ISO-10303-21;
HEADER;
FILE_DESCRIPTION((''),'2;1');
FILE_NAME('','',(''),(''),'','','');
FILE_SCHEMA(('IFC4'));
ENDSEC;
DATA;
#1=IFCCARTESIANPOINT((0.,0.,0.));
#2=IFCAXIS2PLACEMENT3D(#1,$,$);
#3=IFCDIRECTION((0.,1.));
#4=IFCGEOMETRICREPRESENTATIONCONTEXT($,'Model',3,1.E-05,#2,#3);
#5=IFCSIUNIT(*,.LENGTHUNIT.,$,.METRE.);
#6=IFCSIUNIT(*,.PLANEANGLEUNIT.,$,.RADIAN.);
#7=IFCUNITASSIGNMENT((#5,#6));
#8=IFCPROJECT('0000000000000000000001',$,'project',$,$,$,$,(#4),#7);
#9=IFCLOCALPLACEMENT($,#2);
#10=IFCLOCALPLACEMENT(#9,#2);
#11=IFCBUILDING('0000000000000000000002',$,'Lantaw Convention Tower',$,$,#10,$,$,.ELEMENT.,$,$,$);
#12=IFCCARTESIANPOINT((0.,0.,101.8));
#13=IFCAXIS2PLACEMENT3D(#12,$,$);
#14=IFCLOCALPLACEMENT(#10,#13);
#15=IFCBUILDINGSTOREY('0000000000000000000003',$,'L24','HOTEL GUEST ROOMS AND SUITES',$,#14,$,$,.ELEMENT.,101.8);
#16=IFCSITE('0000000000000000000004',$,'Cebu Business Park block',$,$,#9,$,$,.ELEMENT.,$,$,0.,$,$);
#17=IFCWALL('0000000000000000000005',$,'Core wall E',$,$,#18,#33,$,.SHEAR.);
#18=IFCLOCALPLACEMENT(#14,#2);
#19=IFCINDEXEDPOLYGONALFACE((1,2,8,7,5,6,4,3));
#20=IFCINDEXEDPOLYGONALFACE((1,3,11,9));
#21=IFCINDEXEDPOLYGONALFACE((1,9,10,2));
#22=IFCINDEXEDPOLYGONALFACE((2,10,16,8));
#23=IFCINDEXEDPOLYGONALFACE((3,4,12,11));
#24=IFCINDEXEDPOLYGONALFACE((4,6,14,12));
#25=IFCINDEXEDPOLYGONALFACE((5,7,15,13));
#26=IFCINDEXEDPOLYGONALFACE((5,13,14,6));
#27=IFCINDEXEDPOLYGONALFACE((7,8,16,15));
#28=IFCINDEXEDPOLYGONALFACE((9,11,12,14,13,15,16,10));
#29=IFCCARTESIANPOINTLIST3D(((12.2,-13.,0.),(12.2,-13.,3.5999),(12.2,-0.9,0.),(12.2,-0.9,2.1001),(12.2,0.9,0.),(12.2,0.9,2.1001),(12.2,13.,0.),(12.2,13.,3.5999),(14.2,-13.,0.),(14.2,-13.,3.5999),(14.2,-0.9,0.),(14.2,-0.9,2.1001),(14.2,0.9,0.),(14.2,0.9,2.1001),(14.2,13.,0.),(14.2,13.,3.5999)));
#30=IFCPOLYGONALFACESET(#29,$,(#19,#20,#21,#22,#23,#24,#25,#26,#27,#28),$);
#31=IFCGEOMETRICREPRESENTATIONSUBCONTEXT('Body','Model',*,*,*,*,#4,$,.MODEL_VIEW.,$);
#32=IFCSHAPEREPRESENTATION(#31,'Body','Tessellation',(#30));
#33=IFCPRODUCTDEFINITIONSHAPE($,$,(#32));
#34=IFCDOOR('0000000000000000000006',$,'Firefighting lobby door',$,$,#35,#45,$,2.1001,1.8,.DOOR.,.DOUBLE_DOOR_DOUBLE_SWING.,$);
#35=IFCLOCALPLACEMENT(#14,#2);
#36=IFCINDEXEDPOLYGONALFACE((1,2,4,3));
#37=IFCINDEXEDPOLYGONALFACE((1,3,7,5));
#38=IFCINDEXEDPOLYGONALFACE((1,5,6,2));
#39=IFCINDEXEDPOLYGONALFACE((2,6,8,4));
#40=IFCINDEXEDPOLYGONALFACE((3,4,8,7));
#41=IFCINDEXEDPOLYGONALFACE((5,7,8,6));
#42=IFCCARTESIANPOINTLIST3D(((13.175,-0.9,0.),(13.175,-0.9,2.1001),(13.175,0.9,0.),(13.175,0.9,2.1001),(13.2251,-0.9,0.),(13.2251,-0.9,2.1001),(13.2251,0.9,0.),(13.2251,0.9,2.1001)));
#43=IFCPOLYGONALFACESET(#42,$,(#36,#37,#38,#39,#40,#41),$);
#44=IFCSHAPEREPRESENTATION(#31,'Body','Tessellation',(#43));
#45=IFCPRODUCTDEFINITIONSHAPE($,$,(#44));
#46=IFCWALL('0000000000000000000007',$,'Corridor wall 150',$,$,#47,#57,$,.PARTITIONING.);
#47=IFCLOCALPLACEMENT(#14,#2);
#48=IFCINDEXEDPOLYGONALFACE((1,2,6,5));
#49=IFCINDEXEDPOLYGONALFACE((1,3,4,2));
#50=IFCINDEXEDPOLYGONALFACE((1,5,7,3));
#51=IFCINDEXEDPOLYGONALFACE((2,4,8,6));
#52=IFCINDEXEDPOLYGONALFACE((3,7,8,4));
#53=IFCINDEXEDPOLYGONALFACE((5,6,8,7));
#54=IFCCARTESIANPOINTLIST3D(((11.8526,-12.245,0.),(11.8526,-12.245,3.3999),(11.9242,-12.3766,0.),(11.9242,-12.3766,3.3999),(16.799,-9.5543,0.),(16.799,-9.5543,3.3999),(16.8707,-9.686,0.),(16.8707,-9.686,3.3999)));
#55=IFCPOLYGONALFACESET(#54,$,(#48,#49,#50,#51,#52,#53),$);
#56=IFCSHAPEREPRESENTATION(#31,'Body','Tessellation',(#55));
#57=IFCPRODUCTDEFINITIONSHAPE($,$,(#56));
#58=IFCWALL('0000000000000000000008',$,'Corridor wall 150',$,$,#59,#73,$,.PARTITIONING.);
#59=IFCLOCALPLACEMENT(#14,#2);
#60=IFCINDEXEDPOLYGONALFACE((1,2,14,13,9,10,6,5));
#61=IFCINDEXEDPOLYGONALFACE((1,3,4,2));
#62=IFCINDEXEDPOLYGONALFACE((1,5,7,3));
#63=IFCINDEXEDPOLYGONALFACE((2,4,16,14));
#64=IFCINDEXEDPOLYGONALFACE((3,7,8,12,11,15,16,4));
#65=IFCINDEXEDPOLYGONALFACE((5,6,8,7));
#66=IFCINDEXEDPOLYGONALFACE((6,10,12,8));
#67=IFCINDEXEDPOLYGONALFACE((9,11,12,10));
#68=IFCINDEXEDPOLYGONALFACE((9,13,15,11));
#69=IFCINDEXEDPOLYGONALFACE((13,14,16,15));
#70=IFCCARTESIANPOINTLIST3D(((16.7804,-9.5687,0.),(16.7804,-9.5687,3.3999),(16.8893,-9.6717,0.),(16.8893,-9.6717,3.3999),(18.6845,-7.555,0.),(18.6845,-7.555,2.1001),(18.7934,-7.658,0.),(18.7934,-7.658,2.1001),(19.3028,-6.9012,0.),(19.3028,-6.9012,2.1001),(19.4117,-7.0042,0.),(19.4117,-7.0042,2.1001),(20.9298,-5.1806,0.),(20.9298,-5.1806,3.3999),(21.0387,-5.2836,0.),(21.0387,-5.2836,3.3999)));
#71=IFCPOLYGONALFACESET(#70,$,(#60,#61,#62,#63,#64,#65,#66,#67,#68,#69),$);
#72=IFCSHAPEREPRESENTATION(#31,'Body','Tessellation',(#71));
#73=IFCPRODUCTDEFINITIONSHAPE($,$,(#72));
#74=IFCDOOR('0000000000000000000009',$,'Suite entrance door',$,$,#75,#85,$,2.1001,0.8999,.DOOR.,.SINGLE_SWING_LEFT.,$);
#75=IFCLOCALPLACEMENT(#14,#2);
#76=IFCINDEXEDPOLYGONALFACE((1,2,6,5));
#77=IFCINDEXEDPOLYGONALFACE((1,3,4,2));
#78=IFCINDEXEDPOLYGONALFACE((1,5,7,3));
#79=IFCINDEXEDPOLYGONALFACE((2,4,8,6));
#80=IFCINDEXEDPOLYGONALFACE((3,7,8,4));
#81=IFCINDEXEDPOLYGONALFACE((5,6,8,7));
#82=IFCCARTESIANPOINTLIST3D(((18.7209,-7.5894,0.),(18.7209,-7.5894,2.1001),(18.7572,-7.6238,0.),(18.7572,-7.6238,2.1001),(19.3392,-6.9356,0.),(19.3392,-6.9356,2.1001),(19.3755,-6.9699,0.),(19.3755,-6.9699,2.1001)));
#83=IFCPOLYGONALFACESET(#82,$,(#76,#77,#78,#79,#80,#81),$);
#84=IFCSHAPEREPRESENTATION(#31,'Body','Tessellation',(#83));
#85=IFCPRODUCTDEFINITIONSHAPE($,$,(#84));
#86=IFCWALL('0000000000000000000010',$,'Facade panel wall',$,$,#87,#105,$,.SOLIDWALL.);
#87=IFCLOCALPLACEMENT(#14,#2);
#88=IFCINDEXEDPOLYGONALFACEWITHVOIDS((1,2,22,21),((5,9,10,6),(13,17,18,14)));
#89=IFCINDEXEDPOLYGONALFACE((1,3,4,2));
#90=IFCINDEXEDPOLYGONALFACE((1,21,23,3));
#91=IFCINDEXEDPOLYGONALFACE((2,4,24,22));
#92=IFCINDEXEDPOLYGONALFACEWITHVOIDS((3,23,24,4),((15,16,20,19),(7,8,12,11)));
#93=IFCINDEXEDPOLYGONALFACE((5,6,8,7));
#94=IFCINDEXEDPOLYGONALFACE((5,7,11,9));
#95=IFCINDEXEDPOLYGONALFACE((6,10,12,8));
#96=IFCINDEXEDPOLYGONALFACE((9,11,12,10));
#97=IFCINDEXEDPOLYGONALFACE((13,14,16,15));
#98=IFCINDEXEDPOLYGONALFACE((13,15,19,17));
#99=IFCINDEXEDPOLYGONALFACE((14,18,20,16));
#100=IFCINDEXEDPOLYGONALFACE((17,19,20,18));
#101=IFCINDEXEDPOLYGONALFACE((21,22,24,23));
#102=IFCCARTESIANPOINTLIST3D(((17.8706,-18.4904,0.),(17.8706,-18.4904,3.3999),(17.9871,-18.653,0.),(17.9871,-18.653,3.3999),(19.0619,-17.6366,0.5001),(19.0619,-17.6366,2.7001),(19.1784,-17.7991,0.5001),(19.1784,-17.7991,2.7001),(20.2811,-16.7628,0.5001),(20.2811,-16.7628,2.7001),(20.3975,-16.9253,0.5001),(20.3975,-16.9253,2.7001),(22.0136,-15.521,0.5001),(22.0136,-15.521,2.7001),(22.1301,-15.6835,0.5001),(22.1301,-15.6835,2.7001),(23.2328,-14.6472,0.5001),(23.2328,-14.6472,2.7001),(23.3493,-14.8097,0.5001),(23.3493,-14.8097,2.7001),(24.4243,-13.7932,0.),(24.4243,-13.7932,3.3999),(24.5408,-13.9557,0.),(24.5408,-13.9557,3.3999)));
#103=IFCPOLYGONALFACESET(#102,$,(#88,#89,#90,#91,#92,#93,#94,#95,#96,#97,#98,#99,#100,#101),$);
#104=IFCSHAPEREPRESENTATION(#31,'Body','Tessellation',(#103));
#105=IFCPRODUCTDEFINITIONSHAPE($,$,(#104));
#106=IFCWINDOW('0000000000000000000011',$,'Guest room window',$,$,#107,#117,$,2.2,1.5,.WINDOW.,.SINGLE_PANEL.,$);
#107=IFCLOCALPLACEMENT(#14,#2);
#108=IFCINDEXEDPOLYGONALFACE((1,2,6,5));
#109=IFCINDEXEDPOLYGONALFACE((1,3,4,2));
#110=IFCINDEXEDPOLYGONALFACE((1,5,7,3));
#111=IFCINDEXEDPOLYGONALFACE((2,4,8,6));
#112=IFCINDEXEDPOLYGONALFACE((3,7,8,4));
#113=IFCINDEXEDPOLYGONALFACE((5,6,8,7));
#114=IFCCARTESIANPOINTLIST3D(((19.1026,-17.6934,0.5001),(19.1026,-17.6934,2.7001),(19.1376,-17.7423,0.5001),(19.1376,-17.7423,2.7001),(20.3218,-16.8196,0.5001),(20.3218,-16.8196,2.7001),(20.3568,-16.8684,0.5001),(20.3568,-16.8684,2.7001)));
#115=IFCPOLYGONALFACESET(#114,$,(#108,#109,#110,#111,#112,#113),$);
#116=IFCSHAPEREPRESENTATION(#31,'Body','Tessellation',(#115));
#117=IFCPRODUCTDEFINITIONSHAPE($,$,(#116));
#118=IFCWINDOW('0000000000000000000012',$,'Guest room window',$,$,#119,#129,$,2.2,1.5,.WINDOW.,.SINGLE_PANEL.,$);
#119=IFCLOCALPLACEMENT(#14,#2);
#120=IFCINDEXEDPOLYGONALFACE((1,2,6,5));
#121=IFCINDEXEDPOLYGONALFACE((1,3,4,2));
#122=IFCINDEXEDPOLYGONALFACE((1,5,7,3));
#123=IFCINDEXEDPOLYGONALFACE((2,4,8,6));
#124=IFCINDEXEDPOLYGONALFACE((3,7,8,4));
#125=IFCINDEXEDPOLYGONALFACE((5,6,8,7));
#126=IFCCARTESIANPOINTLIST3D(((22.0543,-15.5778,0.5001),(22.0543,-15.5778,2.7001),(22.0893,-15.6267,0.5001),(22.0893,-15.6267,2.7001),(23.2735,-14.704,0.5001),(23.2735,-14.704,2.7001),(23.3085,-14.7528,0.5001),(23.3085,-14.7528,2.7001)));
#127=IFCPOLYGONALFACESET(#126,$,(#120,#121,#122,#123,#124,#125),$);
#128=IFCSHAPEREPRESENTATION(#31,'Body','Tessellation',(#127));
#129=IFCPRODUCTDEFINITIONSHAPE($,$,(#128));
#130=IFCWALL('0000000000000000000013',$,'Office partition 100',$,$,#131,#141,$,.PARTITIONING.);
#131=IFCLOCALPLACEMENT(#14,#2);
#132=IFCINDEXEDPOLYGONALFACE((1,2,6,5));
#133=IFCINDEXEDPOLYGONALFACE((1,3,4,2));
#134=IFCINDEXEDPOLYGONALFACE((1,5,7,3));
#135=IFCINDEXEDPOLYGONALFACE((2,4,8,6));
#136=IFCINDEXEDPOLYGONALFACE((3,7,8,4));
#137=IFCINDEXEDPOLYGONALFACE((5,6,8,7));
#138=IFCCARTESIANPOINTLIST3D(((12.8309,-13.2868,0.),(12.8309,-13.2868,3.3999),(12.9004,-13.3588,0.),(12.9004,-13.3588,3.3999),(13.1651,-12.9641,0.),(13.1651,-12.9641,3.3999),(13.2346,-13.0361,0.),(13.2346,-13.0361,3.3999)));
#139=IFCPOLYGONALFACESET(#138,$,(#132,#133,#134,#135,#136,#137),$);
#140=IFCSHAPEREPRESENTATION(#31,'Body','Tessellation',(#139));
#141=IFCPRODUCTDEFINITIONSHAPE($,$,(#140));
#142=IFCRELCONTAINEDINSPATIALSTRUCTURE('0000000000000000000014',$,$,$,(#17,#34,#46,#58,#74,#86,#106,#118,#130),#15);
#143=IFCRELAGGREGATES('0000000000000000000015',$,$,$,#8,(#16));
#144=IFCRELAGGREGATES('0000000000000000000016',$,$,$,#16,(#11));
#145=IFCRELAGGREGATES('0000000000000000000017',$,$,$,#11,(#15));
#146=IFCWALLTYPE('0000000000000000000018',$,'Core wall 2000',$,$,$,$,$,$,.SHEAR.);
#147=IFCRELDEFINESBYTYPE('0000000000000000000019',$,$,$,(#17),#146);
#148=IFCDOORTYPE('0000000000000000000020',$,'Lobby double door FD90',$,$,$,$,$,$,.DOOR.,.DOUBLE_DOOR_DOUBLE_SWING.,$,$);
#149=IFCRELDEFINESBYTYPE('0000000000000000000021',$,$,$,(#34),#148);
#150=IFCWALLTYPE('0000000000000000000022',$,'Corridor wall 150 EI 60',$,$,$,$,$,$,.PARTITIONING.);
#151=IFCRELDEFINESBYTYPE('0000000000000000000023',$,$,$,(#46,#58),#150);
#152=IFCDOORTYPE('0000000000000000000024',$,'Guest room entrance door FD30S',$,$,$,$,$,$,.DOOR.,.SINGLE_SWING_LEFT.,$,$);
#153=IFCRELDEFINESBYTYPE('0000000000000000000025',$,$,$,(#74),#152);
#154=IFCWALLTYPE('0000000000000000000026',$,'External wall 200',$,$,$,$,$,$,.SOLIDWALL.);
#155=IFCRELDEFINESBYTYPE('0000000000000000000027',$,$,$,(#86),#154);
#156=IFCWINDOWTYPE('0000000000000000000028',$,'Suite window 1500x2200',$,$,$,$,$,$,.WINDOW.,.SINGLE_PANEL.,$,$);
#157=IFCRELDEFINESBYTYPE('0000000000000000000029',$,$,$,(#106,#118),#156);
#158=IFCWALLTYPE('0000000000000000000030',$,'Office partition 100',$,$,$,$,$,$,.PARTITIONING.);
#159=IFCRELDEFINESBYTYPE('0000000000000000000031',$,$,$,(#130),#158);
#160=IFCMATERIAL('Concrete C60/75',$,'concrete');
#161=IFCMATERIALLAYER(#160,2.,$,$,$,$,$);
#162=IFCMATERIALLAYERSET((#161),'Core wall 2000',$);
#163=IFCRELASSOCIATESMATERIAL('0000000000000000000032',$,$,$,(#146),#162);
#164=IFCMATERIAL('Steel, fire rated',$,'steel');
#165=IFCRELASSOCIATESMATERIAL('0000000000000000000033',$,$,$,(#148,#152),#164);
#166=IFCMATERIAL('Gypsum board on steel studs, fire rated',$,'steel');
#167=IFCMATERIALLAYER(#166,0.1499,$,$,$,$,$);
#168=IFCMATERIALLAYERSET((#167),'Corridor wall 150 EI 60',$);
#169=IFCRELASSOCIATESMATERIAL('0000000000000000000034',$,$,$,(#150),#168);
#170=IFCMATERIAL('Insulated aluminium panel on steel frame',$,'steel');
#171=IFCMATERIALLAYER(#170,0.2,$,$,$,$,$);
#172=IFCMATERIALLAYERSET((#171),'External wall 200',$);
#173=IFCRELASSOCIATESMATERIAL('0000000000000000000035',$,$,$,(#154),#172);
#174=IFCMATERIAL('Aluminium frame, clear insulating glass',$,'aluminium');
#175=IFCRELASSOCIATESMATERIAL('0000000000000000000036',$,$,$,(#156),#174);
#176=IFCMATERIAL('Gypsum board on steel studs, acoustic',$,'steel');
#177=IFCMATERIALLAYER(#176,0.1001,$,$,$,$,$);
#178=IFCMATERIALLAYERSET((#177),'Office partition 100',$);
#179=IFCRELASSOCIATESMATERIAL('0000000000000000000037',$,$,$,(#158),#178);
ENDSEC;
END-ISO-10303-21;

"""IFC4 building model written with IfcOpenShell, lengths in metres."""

from ifc_helpers import new_model, si_unit, direction, frame, frame_2d, origin, place, context, subcontext, project, spatial, rectangle, extrude, material, layer, layer_set, type_object, element, fill, save


model = new_model("IFC4")

# Units and contexts
model_context = context("Model", 3, precision=1e-05, world=origin(), true_north=direction((0.0, 1.0)))
body_context = subcontext(model_context, "Body", "Model", "MODEL_VIEW")
ifc_project = project(units=[si_unit("LENGTHUNIT", "METRE"), si_unit("PLANEANGLEUNIT", "RADIAN")], contexts=[model_context])

# Site, building, storey
site_placement = place(None, origin())
site = spatial("IfcSite", under=ifc_project, at=site_placement, Name="Cebu Business Park block", CompositionType="ELEMENT", RefElevation=0.0)
building_placement = place(site_placement, origin())
building = spatial("IfcBuilding", under=site, at=building_placement, Name="Lantaw Convention Tower", CompositionType="ELEMENT")
storey_placement = place(building_placement, frame((0.0, 0.0, 101.8)))
storey = spatial("IfcBuildingStorey", under=building, at=storey_placement, Name="L24", Description="HOTEL GUEST ROOMS AND SUITES", CompositionType="ELEMENT", Elevation=101.8)

# Shared definitions
ifc_material_1 = material(Name="Concrete C60/75", Category="concrete")

# Wall, opening, door
ifc_layer_1 = layer(ifc_material_1, 2.0)
ifc_layer_set_1 = layer_set([ifc_layer_1], Name="Core wall 2000")
wall_type_1 = type_object("IfcWallType", Name="Core wall 2000", PredefinedType="SHEAR", material=ifc_layer_set_1)
wall_1_placement = place(storey_placement, frame((13.2, -13.0, 0.0), z_axis=(0.0, 0.0, 1.0), x_axis=(0.0, 1.0, 0.0)))
wall_1 = element("IfcWall", 1, at=wall_1_placement, inside=storey, type_object=wall_type_1, Name="Core wall E", PredefinedType="SHEAR", context=body_context, shape_type="SweptSolid", body=[
    extrude(rectangle(XDim=26.0, YDim=2.0, at=frame_2d((13.0, 0.0))), origin(), (0.0, 0.0, 1.0), 3.5999),
])
opening_1_placement = place(wall_1_placement, frame((12.1001, 0.0, 0.0)))
opening_1 = element("IfcOpeningElement", 2, at=opening_1_placement, cuts=wall_1, PredefinedType="OPENING", context=body_context, shape_type="SweptSolid", body=[
    extrude(rectangle(XDim=1.8, YDim=2.1001, at=frame_2d((0.8999, 1.05))), frame((0.0, 1.01, 0.0), z_axis=(0.0, -1.0, 0.0), x_axis=(1.0, 0.0, 0.0)), (0.0, 0.0, 1.0), 2.02),
])
ifc_material_2 = material(Name="Steel, fire rated", Category="steel")
door_type_1 = type_object("IfcDoorType", Name="Lobby double door FD90", OperationType="DOUBLE_DOOR_DOUBLE_SWING", PredefinedType="DOOR", material=ifc_material_2)
door_1_placement = place(opening_1_placement, origin())
door_1 = element("IfcDoor", 3, at=door_1_placement, inside=storey, type_object=door_type_1, Name="Firefighting lobby door", OperationType="DOUBLE_DOOR_DOUBLE_SWING", OverallHeight=2.1001, OverallWidth=1.8, PredefinedType="DOOR", context=body_context, shape_type="SweptSolid", body=[
    extrude(rectangle(XDim=1.8, YDim=2.1001, at=frame_2d((0.8999, 1.05))), frame((0.0, 0.0249, 0.0), z_axis=(0.0, -1.0, 0.0), x_axis=(1.0, 0.0, 0.0)), (0.0, 0.0, 1.0), 0.05),
])
fill(opening_1, door_1)

# Wall
ifc_material_3 = material(Name="Gypsum board on steel studs, fire rated", Category="steel")
ifc_layer_2 = layer(ifc_material_3, 0.1499)
ifc_layer_set_2 = layer_set([ifc_layer_2], Name="Corridor wall 150 EI 60")
wall_type_2 = type_object("IfcWallType", Name="Corridor wall 150 EI 60", PredefinedType="PARTITIONING", material=ifc_layer_set_2)
wall_2_placement = place(storey_placement, frame((11.8884, -12.3108, 0.0), z_axis=(0.0, 0.0, 1.0), x_axis=(0.87845, 0.477834, 0.0)))
element("IfcWall", 4, at=wall_2_placement, inside=storey, type_object=wall_type_2, Name="Corridor wall 150", PredefinedType="PARTITIONING", context=body_context, shape_type="SweptSolid", body=[
    extrude(rectangle(XDim=5.6309, YDim=0.1499, at=frame_2d((2.8154, 0.0))), origin(), (0.0, 0.0, 1.0), 3.3999),
])

# Wall, opening, door
wall_3_placement = place(storey_placement, frame((16.835, -9.6201, 0.0), z_axis=(0.0, 0.0, 1.0), x_axis=(0.687063, 0.726598, 0.0)))
wall_3 = element("IfcWall", 5, at=wall_3_placement, inside=storey, type_object=wall_type_2, Name="Corridor wall 150", PredefinedType="PARTITIONING", context=body_context, shape_type="SweptSolid", body=[
    extrude(rectangle(XDim=6.0393, YDim=0.1499, at=frame_2d((3.0195, 0.0))), origin(), (0.0, 0.0, 1.0), 3.3999),
])
opening_2_placement = place(wall_3_placement, frame((2.7712, 0.0, 0.0)))
opening_2 = element("IfcOpeningElement", 6, at=opening_2_placement, cuts=wall_3, PredefinedType="OPENING", context=body_context, shape_type="SweptSolid", body=[
    extrude(rectangle(XDim=0.8999, YDim=2.1001, at=frame_2d((0.45, 1.05))), frame((0.0, 0.085, 0.0), z_axis=(0.0, -1.0, 0.0), x_axis=(1.0, 0.0, 0.0)), (0.0, 0.0, 1.0), 0.1699),
])
door_type_2 = type_object("IfcDoorType", Name="Guest room entrance door FD30S", OperationType="SINGLE_SWING_LEFT", PredefinedType="DOOR", material=ifc_material_2)
door_2_placement = place(opening_2_placement, origin())
door_2 = element("IfcDoor", 7, at=door_2_placement, inside=storey, type_object=door_type_2, Name="Suite entrance door", OperationType="SINGLE_SWING_LEFT", OverallHeight=2.1001, OverallWidth=0.8999, PredefinedType="DOOR", context=body_context, shape_type="SweptSolid", body=[
    extrude(rectangle(XDim=0.8999, YDim=2.1001, at=frame_2d((0.45, 1.05))), frame((0.0, 0.0249, 0.0), z_axis=(0.0, -1.0, 0.0), x_axis=(1.0, 0.0, 0.0)), (0.0, 0.0, 1.0), 0.05),
])
fill(opening_2, door_2)

# Wall, openings, windows
ifc_material_4 = material(Name="Insulated aluminium panel on steel frame", Category="steel")
ifc_layer_3 = layer(ifc_material_4, 0.2)
ifc_layer_set_3 = layer_set([ifc_layer_3], Name="External wall 200")
wall_type_3 = type_object("IfcWallType", Name="External wall 200", PredefinedType="SOLIDWALL", material=ifc_layer_set_3)
wall_4_placement = place(storey_placement, frame((17.9287, -18.5718, 0.0), z_axis=(0.0, 0.0, 1.0), x_axis=(0.812791, 0.582555, 0.0)))
wall_4 = element("IfcWall", 8, at=wall_4_placement, inside=storey, type_object=wall_type_3, Name="Facade panel wall", PredefinedType="SOLIDWALL", context=body_context, shape_type="SweptSolid", body=[
    extrude(rectangle(XDim=8.0632, YDim=0.2, at=frame_2d((4.0317, 0.0))), origin(), (0.0, 0.0, 1.0), 3.3999),
])
opening_3_placement = place(wall_4_placement, frame((1.4658, 0.0, 0.5)))
opening_3 = element("IfcOpeningElement", 9, at=opening_3_placement, cuts=wall_4, PredefinedType="OPENING", context=body_context, shape_type="SweptSolid", body=[
    extrude(rectangle(XDim=1.5, YDim=2.2, at=frame_2d((0.75, 1.1001))), frame((0.0, 0.1099, 0.0), z_axis=(0.0, -1.0, 0.0), x_axis=(1.0, 0.0, 0.0)), (0.0, 0.0, 1.0), 0.22),
])
opening_4_placement = place(wall_4_placement, frame((5.0974, 0.0, 0.5)))
opening_4 = element("IfcOpeningElement", 10, at=opening_4_placement, cuts=wall_4, PredefinedType="OPENING", context=body_context, shape_type="SweptSolid", body=[
    extrude(rectangle(XDim=1.5, YDim=2.2, at=frame_2d((0.75, 1.1001))), frame((0.0, 0.1099, 0.0), z_axis=(0.0, -1.0, 0.0), x_axis=(1.0, 0.0, 0.0)), (0.0, 0.0, 1.0), 0.22),
])
ifc_material_5 = material(Name="Aluminium frame, clear insulating glass", Category="aluminium")
window_type = type_object("IfcWindowType", Name="Suite window 1500x2200", PartitioningType="SINGLE_PANEL", PredefinedType="WINDOW", material=ifc_material_5)
window_1_placement = place(opening_3_placement, origin())
window_1 = element("IfcWindow", 11, at=window_1_placement, inside=storey, type_object=window_type, Name="Guest room window", OverallHeight=2.2, OverallWidth=1.5, PartitioningType="SINGLE_PANEL", PredefinedType="WINDOW", context=body_context, shape_type="SweptSolid", body=[
    extrude(rectangle(XDim=1.5, YDim=2.2, at=frame_2d((0.75, 1.1001))), frame((0.0, 0.03, 0.0), z_axis=(0.0, -1.0, 0.0), x_axis=(1.0, 0.0, 0.0)), (0.0, 0.0, 1.0), 0.0601),
])
fill(opening_3, window_1)
window_2_placement = place(opening_4_placement, origin())
window_2 = element("IfcWindow", 12, at=window_2_placement, inside=storey, type_object=window_type, Name="Guest room window", OverallHeight=2.2, OverallWidth=1.5, PartitioningType="SINGLE_PANEL", PredefinedType="WINDOW", context=body_context, shape_type="SweptSolid", body=[
    extrude(rectangle(XDim=1.5, YDim=2.2, at=frame_2d((0.75, 1.1001))), frame((0.0, 0.03, 0.0), z_axis=(0.0, -1.0, 0.0), x_axis=(1.0, 0.0, 0.0)), (0.0, 0.0, 1.0), 0.0601),
])
fill(opening_4, window_2)

# Wall
ifc_material_6 = material(Name="Gypsum board on steel studs, acoustic", Category="steel")
ifc_layer_4 = layer(ifc_material_6, 0.1001)
ifc_layer_set_4 = layer_set([ifc_layer_4], Name="Office partition 100")
wall_type_4 = type_object("IfcWallType", Name="Office partition 100", PredefinedType="PARTITIONING", material=ifc_layer_set_4)
wall_5_placement = place(storey_placement, frame((13.2, -13.0, 0.0), z_axis=(0.0, 0.0, 1.0), x_axis=(-0.719347, -0.694651, 0.0)))
element("IfcWall", 13, at=wall_5_placement, inside=storey, type_object=wall_type_4, Name="Office partition 100", PredefinedType="PARTITIONING", context=body_context, shape_type="SweptSolid", body=[
    extrude(rectangle(XDim=0.4646, YDim=0.1001, at=frame_2d((0.2324, 0.0))), origin(), (0.0, 0.0, 1.0), 3.3999),
])

save(model, "model.ifc")
